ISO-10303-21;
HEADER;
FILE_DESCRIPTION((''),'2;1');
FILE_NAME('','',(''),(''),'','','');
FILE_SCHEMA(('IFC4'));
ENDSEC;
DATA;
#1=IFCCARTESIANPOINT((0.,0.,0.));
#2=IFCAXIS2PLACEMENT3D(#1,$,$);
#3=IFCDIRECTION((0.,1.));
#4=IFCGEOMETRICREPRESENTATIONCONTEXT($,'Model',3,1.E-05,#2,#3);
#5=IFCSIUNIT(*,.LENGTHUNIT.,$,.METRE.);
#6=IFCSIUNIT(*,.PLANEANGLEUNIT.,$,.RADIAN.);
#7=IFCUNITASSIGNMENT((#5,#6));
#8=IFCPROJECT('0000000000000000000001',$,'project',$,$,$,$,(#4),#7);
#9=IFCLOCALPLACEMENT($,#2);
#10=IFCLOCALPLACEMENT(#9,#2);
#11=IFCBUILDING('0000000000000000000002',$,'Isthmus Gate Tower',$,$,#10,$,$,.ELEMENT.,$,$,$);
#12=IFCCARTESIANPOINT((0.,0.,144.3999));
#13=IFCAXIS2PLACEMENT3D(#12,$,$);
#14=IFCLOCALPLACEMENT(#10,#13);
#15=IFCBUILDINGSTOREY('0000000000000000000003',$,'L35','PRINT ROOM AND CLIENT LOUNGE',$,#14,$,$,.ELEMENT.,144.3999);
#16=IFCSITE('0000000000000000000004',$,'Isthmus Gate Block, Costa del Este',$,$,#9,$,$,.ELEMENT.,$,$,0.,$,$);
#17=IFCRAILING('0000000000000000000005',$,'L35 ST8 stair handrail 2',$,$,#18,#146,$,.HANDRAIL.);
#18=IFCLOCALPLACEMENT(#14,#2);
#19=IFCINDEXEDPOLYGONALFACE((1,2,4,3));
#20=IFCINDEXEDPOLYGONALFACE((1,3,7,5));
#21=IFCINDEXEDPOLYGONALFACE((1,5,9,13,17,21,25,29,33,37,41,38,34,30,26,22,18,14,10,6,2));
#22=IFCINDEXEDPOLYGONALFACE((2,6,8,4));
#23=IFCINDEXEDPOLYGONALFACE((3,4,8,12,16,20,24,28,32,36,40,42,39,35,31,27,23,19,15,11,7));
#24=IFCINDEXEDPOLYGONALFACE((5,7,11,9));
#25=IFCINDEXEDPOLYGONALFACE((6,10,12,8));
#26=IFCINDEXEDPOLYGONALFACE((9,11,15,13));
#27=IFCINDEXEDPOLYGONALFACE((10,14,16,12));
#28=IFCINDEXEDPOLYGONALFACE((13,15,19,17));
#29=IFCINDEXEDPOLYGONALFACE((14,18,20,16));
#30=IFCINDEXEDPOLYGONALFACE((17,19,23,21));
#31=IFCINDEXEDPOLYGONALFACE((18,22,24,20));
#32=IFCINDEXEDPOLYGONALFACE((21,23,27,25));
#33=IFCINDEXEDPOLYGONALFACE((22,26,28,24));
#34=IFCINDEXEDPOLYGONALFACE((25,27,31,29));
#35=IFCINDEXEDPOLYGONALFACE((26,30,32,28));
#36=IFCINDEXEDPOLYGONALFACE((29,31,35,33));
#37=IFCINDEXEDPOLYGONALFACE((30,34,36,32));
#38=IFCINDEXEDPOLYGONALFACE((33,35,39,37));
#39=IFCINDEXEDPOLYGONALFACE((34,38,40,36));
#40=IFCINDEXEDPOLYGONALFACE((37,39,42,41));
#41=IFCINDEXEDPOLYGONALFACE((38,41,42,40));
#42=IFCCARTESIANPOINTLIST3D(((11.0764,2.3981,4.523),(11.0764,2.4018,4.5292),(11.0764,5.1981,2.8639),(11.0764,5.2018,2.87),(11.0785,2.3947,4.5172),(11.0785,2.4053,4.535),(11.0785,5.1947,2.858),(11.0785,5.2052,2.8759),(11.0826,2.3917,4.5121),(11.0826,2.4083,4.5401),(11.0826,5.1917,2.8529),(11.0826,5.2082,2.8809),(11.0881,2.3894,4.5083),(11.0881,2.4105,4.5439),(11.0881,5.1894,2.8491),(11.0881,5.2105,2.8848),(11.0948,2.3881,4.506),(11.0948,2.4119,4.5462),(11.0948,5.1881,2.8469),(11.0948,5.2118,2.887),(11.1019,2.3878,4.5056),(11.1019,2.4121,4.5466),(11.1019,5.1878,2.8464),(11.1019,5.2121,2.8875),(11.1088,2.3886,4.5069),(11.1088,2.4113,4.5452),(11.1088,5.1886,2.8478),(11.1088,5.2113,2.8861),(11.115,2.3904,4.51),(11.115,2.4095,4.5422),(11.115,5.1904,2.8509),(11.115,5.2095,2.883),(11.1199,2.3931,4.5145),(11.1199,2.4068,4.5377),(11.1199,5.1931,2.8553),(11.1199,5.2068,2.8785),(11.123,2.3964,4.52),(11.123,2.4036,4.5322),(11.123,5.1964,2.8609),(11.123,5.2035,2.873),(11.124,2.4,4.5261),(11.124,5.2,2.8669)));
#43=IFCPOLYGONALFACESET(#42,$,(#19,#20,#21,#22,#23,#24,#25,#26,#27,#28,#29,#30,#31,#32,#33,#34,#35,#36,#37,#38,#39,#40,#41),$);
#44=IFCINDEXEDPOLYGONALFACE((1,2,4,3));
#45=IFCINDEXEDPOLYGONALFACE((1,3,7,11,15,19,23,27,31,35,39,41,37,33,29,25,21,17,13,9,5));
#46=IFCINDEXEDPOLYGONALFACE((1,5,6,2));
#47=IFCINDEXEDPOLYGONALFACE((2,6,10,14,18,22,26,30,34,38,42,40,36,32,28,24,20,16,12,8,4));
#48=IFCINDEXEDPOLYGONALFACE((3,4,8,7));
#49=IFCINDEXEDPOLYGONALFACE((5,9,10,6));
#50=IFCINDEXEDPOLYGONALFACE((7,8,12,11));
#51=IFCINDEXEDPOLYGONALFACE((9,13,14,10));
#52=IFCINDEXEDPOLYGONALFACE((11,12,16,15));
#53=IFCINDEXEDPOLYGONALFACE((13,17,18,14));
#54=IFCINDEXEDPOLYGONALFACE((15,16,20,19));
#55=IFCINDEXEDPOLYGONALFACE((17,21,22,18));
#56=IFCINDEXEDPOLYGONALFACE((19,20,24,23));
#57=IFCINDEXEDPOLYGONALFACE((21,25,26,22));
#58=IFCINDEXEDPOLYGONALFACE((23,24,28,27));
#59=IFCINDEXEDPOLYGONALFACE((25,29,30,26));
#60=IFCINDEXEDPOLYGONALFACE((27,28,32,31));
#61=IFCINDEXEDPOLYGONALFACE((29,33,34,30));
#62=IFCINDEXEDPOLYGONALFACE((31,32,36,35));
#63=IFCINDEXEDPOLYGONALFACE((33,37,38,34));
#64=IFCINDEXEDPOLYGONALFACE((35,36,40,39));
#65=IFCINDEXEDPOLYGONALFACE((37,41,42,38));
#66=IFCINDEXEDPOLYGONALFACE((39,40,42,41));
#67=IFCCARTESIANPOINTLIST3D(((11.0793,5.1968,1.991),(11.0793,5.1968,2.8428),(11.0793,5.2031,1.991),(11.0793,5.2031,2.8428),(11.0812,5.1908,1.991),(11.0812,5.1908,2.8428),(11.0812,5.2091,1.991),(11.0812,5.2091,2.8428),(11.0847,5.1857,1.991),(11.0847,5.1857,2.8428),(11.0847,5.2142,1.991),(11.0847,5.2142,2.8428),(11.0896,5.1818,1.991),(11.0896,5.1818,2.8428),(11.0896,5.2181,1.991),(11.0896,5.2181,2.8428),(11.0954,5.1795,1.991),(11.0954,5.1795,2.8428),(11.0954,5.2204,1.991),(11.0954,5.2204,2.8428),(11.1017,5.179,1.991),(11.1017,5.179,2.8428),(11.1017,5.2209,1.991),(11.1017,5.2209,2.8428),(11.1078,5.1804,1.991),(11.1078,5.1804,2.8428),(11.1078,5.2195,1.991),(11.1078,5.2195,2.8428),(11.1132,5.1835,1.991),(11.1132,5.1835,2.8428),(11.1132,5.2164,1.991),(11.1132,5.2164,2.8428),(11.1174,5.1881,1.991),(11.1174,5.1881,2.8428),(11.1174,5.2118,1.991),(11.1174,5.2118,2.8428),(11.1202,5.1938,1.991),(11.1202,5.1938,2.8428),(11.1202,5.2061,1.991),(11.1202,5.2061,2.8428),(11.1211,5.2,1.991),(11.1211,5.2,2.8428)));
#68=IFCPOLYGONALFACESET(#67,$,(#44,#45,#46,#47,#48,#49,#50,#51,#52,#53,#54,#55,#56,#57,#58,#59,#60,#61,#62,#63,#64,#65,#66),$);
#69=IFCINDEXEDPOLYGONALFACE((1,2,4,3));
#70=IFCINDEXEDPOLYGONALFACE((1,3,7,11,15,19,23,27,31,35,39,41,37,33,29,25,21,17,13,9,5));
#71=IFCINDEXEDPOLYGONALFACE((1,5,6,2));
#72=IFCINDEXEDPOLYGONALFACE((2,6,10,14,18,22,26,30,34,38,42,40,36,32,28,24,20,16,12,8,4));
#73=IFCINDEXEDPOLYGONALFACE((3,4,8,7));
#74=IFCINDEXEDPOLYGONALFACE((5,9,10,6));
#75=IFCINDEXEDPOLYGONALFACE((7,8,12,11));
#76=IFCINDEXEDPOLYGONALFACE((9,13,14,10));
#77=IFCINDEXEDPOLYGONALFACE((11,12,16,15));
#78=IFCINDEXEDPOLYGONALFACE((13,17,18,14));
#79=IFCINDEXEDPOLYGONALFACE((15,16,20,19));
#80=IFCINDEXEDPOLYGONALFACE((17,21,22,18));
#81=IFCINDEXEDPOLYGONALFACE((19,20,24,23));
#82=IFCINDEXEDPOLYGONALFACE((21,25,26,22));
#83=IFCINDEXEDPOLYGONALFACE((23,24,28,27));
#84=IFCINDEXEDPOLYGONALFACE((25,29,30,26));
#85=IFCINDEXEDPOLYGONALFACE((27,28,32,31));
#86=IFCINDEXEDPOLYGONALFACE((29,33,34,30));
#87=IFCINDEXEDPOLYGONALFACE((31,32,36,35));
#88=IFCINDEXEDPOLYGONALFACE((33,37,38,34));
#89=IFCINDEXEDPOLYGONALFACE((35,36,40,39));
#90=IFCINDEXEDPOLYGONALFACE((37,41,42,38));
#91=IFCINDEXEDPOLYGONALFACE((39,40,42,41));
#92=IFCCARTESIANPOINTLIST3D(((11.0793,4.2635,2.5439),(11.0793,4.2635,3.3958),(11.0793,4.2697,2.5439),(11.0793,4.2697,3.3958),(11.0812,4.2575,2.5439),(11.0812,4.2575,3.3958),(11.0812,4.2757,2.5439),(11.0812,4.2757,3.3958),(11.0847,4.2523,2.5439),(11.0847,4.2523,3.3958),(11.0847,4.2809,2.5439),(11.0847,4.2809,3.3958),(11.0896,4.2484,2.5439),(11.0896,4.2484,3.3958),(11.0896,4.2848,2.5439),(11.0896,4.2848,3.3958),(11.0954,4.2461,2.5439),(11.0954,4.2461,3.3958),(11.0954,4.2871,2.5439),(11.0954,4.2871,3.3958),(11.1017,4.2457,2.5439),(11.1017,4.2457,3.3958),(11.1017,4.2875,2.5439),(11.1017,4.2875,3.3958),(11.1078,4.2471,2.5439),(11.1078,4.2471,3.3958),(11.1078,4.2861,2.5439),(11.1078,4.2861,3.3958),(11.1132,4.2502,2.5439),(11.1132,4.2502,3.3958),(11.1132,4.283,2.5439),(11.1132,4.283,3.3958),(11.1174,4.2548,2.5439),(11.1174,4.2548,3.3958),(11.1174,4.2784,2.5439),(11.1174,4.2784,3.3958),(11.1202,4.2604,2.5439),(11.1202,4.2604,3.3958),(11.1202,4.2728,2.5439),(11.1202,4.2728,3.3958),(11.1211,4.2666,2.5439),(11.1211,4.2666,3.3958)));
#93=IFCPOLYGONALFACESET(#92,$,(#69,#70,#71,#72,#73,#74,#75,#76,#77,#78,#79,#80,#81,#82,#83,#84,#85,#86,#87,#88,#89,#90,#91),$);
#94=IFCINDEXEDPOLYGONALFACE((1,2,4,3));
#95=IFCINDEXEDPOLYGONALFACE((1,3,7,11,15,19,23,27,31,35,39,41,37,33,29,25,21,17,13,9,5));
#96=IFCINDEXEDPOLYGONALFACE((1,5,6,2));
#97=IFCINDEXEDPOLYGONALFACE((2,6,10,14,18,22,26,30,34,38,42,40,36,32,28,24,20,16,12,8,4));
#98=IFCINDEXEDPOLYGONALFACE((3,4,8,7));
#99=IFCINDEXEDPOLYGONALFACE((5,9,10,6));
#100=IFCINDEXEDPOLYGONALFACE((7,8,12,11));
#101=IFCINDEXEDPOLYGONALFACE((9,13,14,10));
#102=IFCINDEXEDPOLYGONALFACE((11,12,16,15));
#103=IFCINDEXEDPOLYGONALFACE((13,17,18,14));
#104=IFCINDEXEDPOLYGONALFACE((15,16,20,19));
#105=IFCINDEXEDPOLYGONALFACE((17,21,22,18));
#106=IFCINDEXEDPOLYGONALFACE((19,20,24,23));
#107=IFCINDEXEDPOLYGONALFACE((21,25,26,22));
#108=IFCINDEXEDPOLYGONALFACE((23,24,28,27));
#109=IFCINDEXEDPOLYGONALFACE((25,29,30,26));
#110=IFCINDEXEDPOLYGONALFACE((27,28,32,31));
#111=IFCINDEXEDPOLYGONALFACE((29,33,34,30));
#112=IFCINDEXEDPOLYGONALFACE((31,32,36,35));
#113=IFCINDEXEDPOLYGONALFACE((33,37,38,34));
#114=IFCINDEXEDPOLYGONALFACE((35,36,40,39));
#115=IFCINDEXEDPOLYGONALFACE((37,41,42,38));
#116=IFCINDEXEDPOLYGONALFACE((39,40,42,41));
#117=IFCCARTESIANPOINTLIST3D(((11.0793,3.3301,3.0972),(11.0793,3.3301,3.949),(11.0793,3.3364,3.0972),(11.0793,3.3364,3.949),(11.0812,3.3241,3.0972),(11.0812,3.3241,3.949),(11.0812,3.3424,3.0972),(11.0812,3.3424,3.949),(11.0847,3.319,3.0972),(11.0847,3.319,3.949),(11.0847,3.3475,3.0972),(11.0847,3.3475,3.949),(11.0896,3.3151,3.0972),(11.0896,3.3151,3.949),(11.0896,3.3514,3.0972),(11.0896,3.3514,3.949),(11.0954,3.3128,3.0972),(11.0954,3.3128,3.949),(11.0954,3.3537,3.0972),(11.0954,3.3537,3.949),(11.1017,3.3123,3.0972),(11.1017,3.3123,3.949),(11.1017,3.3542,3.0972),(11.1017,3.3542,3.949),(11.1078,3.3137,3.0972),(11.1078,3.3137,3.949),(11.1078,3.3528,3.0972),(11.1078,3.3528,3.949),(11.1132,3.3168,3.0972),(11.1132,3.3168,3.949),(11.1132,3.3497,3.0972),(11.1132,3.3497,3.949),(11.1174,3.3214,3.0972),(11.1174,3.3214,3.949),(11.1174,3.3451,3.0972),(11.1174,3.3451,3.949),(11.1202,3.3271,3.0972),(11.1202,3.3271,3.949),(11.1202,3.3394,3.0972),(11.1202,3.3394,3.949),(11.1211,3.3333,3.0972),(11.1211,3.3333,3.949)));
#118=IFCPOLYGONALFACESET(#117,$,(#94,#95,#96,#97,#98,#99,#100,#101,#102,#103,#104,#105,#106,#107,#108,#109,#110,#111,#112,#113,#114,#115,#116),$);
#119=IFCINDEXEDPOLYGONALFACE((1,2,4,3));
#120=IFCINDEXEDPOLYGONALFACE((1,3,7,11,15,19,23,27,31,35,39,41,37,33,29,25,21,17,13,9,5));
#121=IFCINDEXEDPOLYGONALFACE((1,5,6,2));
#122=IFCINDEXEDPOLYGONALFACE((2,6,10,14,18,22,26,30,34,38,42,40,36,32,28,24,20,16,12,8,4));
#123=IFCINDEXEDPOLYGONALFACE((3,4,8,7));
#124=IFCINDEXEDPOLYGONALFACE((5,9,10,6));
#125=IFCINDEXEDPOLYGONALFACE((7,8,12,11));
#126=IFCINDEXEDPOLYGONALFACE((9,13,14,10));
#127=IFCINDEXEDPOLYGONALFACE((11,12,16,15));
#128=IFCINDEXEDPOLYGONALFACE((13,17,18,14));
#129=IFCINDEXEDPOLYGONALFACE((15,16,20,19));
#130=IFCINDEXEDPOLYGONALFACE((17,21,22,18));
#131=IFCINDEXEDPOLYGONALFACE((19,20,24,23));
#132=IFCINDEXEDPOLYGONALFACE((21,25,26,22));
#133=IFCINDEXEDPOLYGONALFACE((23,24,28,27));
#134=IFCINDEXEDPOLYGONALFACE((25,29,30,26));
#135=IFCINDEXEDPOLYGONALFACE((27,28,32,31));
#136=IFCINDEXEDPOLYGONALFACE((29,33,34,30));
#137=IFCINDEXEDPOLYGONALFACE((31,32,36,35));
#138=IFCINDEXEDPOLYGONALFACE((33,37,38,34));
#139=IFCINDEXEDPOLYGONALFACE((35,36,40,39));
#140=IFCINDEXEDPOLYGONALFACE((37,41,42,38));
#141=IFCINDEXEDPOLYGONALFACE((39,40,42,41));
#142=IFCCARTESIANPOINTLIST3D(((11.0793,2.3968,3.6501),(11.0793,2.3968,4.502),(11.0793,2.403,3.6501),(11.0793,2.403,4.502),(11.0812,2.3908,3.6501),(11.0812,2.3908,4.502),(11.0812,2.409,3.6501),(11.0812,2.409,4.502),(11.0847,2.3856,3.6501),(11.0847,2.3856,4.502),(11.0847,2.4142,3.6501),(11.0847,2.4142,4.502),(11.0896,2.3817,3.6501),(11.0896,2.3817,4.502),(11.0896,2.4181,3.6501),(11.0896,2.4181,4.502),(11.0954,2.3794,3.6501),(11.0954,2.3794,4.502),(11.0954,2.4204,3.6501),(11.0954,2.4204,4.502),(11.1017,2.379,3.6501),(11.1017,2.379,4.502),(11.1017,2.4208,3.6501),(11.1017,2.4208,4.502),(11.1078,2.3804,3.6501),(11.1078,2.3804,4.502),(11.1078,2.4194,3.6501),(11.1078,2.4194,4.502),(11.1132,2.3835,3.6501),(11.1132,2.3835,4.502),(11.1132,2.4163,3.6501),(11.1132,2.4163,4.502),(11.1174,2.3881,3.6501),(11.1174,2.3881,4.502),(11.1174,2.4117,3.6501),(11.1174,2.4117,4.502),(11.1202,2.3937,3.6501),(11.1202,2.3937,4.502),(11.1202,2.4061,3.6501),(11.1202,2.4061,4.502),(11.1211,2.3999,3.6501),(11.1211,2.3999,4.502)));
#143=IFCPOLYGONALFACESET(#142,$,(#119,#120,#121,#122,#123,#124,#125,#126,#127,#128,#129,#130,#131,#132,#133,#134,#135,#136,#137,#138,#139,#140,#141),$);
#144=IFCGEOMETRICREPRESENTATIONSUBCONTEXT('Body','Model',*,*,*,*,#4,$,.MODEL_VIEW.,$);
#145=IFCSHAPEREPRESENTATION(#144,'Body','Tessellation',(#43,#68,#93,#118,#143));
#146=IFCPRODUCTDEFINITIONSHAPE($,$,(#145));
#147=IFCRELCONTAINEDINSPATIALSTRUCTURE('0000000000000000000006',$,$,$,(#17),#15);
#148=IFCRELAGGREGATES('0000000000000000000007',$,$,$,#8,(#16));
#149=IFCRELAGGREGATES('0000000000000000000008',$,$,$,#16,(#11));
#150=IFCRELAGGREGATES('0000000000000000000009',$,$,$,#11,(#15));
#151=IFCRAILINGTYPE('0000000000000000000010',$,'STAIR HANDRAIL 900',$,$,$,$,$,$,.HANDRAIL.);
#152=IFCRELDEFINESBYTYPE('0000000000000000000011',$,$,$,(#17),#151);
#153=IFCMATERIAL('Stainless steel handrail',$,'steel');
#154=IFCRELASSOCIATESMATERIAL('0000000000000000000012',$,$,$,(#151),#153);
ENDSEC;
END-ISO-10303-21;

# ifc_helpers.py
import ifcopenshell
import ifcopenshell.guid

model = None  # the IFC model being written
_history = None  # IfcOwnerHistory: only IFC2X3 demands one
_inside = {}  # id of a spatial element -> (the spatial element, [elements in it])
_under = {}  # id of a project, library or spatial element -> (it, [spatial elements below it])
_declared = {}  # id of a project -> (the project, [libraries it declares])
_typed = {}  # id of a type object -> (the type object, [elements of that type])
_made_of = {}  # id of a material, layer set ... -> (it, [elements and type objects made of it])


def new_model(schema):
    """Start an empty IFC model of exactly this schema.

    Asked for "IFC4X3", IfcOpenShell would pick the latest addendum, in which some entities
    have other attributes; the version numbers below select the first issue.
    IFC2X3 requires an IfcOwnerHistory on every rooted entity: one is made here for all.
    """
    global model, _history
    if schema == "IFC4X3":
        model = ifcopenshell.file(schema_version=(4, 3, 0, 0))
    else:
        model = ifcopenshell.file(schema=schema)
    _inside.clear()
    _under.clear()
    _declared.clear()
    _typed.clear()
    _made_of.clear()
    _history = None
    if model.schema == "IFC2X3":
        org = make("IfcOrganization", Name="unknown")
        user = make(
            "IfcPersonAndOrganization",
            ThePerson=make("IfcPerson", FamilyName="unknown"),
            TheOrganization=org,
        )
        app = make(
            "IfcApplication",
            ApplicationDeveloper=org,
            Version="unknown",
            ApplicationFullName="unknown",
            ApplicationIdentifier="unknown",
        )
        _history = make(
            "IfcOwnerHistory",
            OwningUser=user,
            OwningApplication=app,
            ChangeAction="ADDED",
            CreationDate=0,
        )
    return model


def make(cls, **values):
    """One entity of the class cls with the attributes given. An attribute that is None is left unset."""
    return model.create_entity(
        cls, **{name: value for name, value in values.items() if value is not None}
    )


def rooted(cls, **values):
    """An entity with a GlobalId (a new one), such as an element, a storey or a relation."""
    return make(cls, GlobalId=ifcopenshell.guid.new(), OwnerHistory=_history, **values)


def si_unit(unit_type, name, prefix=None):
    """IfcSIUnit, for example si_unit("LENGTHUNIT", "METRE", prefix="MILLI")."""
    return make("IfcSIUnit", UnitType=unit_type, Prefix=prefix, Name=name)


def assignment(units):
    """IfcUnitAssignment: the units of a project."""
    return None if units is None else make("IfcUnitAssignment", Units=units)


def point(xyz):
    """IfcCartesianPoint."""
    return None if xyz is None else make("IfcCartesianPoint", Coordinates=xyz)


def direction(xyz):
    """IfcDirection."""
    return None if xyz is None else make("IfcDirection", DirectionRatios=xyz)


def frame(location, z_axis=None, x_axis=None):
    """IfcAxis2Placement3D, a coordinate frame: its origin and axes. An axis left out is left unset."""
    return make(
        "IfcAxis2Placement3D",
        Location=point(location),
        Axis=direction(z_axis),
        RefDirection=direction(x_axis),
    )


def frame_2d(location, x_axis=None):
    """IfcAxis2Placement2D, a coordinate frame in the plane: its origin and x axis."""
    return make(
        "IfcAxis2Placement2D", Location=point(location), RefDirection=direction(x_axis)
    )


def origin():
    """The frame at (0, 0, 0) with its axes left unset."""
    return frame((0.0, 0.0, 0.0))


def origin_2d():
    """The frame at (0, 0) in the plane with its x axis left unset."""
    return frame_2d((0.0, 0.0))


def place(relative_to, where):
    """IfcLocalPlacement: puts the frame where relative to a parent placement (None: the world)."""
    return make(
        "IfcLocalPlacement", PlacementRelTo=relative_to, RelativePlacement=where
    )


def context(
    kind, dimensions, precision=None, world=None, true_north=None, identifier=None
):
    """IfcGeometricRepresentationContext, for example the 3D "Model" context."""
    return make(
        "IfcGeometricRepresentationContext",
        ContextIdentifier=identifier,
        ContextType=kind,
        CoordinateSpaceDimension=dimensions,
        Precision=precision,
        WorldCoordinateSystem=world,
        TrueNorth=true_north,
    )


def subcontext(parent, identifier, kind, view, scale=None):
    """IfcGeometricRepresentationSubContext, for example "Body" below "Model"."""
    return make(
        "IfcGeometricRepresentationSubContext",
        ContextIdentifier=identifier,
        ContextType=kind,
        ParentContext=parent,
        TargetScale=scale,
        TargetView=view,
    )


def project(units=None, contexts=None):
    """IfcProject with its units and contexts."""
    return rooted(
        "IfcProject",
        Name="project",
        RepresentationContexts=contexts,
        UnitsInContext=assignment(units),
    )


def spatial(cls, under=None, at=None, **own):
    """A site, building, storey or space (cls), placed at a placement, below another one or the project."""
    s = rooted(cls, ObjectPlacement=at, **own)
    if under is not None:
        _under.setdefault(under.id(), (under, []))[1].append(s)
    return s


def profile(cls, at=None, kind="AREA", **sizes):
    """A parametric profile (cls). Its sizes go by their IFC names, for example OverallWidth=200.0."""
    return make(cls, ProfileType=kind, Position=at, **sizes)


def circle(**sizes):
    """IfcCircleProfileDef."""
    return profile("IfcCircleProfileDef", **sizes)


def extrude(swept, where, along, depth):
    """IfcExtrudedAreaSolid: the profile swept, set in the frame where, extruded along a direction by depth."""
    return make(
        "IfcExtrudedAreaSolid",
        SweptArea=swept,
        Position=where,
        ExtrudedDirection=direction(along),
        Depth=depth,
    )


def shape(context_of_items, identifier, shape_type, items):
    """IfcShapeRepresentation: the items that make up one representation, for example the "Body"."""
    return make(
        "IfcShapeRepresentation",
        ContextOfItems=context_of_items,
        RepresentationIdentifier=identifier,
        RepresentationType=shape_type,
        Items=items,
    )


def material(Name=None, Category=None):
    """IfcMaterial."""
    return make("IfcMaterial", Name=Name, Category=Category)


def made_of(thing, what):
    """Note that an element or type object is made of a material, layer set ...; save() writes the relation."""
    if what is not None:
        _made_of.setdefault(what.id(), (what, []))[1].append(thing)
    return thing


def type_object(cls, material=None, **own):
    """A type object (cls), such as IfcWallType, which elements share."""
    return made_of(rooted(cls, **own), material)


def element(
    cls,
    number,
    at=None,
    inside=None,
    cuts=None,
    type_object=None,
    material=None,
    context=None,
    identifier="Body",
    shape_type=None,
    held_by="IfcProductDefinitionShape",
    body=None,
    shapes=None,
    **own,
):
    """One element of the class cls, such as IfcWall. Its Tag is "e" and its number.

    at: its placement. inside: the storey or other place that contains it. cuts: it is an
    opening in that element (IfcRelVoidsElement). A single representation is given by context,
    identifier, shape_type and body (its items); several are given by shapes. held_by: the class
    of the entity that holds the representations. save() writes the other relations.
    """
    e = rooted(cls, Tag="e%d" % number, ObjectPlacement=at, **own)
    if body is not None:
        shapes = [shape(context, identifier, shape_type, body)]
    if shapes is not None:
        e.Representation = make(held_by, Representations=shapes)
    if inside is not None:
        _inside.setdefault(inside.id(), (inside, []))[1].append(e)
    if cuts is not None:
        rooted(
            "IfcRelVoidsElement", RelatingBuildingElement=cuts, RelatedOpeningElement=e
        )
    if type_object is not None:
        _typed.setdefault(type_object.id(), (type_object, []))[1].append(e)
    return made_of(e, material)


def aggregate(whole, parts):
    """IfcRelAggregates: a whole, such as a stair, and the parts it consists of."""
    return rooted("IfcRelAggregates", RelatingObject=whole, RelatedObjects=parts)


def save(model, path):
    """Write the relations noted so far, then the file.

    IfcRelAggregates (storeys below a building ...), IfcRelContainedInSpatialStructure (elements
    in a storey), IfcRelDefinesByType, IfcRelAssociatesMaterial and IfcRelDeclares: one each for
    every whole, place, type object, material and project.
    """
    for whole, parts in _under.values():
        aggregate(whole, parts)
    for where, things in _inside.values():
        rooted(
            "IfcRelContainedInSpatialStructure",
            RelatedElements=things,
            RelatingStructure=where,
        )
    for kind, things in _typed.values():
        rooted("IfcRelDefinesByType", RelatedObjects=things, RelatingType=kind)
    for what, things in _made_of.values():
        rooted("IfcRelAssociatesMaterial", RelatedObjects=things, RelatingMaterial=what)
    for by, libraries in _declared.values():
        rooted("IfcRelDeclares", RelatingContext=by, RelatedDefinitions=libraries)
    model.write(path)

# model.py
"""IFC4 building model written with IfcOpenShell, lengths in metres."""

from ifc_helpers import new_model, si_unit, direction, frame, origin, origin_2d, place, context, subcontext, project, spatial, circle, extrude, material, type_object, element, save


model = new_model("IFC4")

# Units and contexts
model_context = context("Model", 3, precision=1e-05, world=origin(), true_north=direction((0.0, 1.0)))
body_context = subcontext(model_context, "Body", "Model", "MODEL_VIEW")
ifc_project = project(units=[si_unit("LENGTHUNIT", "METRE"), si_unit("PLANEANGLEUNIT", "RADIAN")], contexts=[model_context])

# Site, building, storey
site_placement = place(None, origin())
site = spatial("IfcSite", under=ifc_project, at=site_placement, Name="Isthmus Gate Block, Costa del Este", CompositionType="ELEMENT", RefElevation=0.0)
building_placement = place(site_placement, origin())
building = spatial("IfcBuilding", under=site, at=building_placement, Name="Isthmus Gate Tower", CompositionType="ELEMENT")
storey_placement = place(building_placement, frame((0.0, 0.0, 144.3999)))
storey = spatial("IfcBuildingStorey", under=building, at=storey_placement, Name="L35", Description="PRINT ROOM AND CLIENT LOUNGE", CompositionType="ELEMENT", Elevation=144.3999)

# Railing
ifc_material_1 = material(Name="Stainless steel handrail", Category="steel")
railing_type_1 = type_object("IfcRailingType", Name="STAIR HANDRAIL 900", PredefinedType="HANDRAIL", material=ifc_material_1)
railing_1_placement = place(storey_placement, frame((11.1001, 5.2, 1.991)))
element("IfcRailing", 1, at=railing_1_placement, inside=storey, type_object=railing_type_1, Name="L35 ST8 stair handrail 2", PredefinedType="HANDRAIL", context=body_context, shape_type="SweptSolid", body=[
    extrude(circle(Radius=0.0239, at=origin_2d()), frame((0.0, 0.0, 0.876), z_axis=(0.0, -0.860306, 0.509778), x_axis=(1.0, 0.0, 0.0)), (0.0, 0.0, 1.0), 3.2546),
    extrude(circle(Radius=0.021, at=origin_2d()), origin(), (0.0, 0.0, 1.0), 0.8518),
    extrude(circle(Radius=0.021, at=origin_2d()), frame((0.0, -0.9333, 0.553)), (0.0, 0.0, 1.0), 0.8518),
    extrude(circle(Radius=0.021, at=origin_2d()), frame((0.0, -1.8667, 1.1062)), (0.0, 0.0, 1.0), 0.8518),
    extrude(circle(Radius=0.021, at=origin_2d()), frame((0.0, -2.8, 1.6592)), (0.0, 0.0, 1.0), 0.8518),
])

save(model, "model.ifc")
